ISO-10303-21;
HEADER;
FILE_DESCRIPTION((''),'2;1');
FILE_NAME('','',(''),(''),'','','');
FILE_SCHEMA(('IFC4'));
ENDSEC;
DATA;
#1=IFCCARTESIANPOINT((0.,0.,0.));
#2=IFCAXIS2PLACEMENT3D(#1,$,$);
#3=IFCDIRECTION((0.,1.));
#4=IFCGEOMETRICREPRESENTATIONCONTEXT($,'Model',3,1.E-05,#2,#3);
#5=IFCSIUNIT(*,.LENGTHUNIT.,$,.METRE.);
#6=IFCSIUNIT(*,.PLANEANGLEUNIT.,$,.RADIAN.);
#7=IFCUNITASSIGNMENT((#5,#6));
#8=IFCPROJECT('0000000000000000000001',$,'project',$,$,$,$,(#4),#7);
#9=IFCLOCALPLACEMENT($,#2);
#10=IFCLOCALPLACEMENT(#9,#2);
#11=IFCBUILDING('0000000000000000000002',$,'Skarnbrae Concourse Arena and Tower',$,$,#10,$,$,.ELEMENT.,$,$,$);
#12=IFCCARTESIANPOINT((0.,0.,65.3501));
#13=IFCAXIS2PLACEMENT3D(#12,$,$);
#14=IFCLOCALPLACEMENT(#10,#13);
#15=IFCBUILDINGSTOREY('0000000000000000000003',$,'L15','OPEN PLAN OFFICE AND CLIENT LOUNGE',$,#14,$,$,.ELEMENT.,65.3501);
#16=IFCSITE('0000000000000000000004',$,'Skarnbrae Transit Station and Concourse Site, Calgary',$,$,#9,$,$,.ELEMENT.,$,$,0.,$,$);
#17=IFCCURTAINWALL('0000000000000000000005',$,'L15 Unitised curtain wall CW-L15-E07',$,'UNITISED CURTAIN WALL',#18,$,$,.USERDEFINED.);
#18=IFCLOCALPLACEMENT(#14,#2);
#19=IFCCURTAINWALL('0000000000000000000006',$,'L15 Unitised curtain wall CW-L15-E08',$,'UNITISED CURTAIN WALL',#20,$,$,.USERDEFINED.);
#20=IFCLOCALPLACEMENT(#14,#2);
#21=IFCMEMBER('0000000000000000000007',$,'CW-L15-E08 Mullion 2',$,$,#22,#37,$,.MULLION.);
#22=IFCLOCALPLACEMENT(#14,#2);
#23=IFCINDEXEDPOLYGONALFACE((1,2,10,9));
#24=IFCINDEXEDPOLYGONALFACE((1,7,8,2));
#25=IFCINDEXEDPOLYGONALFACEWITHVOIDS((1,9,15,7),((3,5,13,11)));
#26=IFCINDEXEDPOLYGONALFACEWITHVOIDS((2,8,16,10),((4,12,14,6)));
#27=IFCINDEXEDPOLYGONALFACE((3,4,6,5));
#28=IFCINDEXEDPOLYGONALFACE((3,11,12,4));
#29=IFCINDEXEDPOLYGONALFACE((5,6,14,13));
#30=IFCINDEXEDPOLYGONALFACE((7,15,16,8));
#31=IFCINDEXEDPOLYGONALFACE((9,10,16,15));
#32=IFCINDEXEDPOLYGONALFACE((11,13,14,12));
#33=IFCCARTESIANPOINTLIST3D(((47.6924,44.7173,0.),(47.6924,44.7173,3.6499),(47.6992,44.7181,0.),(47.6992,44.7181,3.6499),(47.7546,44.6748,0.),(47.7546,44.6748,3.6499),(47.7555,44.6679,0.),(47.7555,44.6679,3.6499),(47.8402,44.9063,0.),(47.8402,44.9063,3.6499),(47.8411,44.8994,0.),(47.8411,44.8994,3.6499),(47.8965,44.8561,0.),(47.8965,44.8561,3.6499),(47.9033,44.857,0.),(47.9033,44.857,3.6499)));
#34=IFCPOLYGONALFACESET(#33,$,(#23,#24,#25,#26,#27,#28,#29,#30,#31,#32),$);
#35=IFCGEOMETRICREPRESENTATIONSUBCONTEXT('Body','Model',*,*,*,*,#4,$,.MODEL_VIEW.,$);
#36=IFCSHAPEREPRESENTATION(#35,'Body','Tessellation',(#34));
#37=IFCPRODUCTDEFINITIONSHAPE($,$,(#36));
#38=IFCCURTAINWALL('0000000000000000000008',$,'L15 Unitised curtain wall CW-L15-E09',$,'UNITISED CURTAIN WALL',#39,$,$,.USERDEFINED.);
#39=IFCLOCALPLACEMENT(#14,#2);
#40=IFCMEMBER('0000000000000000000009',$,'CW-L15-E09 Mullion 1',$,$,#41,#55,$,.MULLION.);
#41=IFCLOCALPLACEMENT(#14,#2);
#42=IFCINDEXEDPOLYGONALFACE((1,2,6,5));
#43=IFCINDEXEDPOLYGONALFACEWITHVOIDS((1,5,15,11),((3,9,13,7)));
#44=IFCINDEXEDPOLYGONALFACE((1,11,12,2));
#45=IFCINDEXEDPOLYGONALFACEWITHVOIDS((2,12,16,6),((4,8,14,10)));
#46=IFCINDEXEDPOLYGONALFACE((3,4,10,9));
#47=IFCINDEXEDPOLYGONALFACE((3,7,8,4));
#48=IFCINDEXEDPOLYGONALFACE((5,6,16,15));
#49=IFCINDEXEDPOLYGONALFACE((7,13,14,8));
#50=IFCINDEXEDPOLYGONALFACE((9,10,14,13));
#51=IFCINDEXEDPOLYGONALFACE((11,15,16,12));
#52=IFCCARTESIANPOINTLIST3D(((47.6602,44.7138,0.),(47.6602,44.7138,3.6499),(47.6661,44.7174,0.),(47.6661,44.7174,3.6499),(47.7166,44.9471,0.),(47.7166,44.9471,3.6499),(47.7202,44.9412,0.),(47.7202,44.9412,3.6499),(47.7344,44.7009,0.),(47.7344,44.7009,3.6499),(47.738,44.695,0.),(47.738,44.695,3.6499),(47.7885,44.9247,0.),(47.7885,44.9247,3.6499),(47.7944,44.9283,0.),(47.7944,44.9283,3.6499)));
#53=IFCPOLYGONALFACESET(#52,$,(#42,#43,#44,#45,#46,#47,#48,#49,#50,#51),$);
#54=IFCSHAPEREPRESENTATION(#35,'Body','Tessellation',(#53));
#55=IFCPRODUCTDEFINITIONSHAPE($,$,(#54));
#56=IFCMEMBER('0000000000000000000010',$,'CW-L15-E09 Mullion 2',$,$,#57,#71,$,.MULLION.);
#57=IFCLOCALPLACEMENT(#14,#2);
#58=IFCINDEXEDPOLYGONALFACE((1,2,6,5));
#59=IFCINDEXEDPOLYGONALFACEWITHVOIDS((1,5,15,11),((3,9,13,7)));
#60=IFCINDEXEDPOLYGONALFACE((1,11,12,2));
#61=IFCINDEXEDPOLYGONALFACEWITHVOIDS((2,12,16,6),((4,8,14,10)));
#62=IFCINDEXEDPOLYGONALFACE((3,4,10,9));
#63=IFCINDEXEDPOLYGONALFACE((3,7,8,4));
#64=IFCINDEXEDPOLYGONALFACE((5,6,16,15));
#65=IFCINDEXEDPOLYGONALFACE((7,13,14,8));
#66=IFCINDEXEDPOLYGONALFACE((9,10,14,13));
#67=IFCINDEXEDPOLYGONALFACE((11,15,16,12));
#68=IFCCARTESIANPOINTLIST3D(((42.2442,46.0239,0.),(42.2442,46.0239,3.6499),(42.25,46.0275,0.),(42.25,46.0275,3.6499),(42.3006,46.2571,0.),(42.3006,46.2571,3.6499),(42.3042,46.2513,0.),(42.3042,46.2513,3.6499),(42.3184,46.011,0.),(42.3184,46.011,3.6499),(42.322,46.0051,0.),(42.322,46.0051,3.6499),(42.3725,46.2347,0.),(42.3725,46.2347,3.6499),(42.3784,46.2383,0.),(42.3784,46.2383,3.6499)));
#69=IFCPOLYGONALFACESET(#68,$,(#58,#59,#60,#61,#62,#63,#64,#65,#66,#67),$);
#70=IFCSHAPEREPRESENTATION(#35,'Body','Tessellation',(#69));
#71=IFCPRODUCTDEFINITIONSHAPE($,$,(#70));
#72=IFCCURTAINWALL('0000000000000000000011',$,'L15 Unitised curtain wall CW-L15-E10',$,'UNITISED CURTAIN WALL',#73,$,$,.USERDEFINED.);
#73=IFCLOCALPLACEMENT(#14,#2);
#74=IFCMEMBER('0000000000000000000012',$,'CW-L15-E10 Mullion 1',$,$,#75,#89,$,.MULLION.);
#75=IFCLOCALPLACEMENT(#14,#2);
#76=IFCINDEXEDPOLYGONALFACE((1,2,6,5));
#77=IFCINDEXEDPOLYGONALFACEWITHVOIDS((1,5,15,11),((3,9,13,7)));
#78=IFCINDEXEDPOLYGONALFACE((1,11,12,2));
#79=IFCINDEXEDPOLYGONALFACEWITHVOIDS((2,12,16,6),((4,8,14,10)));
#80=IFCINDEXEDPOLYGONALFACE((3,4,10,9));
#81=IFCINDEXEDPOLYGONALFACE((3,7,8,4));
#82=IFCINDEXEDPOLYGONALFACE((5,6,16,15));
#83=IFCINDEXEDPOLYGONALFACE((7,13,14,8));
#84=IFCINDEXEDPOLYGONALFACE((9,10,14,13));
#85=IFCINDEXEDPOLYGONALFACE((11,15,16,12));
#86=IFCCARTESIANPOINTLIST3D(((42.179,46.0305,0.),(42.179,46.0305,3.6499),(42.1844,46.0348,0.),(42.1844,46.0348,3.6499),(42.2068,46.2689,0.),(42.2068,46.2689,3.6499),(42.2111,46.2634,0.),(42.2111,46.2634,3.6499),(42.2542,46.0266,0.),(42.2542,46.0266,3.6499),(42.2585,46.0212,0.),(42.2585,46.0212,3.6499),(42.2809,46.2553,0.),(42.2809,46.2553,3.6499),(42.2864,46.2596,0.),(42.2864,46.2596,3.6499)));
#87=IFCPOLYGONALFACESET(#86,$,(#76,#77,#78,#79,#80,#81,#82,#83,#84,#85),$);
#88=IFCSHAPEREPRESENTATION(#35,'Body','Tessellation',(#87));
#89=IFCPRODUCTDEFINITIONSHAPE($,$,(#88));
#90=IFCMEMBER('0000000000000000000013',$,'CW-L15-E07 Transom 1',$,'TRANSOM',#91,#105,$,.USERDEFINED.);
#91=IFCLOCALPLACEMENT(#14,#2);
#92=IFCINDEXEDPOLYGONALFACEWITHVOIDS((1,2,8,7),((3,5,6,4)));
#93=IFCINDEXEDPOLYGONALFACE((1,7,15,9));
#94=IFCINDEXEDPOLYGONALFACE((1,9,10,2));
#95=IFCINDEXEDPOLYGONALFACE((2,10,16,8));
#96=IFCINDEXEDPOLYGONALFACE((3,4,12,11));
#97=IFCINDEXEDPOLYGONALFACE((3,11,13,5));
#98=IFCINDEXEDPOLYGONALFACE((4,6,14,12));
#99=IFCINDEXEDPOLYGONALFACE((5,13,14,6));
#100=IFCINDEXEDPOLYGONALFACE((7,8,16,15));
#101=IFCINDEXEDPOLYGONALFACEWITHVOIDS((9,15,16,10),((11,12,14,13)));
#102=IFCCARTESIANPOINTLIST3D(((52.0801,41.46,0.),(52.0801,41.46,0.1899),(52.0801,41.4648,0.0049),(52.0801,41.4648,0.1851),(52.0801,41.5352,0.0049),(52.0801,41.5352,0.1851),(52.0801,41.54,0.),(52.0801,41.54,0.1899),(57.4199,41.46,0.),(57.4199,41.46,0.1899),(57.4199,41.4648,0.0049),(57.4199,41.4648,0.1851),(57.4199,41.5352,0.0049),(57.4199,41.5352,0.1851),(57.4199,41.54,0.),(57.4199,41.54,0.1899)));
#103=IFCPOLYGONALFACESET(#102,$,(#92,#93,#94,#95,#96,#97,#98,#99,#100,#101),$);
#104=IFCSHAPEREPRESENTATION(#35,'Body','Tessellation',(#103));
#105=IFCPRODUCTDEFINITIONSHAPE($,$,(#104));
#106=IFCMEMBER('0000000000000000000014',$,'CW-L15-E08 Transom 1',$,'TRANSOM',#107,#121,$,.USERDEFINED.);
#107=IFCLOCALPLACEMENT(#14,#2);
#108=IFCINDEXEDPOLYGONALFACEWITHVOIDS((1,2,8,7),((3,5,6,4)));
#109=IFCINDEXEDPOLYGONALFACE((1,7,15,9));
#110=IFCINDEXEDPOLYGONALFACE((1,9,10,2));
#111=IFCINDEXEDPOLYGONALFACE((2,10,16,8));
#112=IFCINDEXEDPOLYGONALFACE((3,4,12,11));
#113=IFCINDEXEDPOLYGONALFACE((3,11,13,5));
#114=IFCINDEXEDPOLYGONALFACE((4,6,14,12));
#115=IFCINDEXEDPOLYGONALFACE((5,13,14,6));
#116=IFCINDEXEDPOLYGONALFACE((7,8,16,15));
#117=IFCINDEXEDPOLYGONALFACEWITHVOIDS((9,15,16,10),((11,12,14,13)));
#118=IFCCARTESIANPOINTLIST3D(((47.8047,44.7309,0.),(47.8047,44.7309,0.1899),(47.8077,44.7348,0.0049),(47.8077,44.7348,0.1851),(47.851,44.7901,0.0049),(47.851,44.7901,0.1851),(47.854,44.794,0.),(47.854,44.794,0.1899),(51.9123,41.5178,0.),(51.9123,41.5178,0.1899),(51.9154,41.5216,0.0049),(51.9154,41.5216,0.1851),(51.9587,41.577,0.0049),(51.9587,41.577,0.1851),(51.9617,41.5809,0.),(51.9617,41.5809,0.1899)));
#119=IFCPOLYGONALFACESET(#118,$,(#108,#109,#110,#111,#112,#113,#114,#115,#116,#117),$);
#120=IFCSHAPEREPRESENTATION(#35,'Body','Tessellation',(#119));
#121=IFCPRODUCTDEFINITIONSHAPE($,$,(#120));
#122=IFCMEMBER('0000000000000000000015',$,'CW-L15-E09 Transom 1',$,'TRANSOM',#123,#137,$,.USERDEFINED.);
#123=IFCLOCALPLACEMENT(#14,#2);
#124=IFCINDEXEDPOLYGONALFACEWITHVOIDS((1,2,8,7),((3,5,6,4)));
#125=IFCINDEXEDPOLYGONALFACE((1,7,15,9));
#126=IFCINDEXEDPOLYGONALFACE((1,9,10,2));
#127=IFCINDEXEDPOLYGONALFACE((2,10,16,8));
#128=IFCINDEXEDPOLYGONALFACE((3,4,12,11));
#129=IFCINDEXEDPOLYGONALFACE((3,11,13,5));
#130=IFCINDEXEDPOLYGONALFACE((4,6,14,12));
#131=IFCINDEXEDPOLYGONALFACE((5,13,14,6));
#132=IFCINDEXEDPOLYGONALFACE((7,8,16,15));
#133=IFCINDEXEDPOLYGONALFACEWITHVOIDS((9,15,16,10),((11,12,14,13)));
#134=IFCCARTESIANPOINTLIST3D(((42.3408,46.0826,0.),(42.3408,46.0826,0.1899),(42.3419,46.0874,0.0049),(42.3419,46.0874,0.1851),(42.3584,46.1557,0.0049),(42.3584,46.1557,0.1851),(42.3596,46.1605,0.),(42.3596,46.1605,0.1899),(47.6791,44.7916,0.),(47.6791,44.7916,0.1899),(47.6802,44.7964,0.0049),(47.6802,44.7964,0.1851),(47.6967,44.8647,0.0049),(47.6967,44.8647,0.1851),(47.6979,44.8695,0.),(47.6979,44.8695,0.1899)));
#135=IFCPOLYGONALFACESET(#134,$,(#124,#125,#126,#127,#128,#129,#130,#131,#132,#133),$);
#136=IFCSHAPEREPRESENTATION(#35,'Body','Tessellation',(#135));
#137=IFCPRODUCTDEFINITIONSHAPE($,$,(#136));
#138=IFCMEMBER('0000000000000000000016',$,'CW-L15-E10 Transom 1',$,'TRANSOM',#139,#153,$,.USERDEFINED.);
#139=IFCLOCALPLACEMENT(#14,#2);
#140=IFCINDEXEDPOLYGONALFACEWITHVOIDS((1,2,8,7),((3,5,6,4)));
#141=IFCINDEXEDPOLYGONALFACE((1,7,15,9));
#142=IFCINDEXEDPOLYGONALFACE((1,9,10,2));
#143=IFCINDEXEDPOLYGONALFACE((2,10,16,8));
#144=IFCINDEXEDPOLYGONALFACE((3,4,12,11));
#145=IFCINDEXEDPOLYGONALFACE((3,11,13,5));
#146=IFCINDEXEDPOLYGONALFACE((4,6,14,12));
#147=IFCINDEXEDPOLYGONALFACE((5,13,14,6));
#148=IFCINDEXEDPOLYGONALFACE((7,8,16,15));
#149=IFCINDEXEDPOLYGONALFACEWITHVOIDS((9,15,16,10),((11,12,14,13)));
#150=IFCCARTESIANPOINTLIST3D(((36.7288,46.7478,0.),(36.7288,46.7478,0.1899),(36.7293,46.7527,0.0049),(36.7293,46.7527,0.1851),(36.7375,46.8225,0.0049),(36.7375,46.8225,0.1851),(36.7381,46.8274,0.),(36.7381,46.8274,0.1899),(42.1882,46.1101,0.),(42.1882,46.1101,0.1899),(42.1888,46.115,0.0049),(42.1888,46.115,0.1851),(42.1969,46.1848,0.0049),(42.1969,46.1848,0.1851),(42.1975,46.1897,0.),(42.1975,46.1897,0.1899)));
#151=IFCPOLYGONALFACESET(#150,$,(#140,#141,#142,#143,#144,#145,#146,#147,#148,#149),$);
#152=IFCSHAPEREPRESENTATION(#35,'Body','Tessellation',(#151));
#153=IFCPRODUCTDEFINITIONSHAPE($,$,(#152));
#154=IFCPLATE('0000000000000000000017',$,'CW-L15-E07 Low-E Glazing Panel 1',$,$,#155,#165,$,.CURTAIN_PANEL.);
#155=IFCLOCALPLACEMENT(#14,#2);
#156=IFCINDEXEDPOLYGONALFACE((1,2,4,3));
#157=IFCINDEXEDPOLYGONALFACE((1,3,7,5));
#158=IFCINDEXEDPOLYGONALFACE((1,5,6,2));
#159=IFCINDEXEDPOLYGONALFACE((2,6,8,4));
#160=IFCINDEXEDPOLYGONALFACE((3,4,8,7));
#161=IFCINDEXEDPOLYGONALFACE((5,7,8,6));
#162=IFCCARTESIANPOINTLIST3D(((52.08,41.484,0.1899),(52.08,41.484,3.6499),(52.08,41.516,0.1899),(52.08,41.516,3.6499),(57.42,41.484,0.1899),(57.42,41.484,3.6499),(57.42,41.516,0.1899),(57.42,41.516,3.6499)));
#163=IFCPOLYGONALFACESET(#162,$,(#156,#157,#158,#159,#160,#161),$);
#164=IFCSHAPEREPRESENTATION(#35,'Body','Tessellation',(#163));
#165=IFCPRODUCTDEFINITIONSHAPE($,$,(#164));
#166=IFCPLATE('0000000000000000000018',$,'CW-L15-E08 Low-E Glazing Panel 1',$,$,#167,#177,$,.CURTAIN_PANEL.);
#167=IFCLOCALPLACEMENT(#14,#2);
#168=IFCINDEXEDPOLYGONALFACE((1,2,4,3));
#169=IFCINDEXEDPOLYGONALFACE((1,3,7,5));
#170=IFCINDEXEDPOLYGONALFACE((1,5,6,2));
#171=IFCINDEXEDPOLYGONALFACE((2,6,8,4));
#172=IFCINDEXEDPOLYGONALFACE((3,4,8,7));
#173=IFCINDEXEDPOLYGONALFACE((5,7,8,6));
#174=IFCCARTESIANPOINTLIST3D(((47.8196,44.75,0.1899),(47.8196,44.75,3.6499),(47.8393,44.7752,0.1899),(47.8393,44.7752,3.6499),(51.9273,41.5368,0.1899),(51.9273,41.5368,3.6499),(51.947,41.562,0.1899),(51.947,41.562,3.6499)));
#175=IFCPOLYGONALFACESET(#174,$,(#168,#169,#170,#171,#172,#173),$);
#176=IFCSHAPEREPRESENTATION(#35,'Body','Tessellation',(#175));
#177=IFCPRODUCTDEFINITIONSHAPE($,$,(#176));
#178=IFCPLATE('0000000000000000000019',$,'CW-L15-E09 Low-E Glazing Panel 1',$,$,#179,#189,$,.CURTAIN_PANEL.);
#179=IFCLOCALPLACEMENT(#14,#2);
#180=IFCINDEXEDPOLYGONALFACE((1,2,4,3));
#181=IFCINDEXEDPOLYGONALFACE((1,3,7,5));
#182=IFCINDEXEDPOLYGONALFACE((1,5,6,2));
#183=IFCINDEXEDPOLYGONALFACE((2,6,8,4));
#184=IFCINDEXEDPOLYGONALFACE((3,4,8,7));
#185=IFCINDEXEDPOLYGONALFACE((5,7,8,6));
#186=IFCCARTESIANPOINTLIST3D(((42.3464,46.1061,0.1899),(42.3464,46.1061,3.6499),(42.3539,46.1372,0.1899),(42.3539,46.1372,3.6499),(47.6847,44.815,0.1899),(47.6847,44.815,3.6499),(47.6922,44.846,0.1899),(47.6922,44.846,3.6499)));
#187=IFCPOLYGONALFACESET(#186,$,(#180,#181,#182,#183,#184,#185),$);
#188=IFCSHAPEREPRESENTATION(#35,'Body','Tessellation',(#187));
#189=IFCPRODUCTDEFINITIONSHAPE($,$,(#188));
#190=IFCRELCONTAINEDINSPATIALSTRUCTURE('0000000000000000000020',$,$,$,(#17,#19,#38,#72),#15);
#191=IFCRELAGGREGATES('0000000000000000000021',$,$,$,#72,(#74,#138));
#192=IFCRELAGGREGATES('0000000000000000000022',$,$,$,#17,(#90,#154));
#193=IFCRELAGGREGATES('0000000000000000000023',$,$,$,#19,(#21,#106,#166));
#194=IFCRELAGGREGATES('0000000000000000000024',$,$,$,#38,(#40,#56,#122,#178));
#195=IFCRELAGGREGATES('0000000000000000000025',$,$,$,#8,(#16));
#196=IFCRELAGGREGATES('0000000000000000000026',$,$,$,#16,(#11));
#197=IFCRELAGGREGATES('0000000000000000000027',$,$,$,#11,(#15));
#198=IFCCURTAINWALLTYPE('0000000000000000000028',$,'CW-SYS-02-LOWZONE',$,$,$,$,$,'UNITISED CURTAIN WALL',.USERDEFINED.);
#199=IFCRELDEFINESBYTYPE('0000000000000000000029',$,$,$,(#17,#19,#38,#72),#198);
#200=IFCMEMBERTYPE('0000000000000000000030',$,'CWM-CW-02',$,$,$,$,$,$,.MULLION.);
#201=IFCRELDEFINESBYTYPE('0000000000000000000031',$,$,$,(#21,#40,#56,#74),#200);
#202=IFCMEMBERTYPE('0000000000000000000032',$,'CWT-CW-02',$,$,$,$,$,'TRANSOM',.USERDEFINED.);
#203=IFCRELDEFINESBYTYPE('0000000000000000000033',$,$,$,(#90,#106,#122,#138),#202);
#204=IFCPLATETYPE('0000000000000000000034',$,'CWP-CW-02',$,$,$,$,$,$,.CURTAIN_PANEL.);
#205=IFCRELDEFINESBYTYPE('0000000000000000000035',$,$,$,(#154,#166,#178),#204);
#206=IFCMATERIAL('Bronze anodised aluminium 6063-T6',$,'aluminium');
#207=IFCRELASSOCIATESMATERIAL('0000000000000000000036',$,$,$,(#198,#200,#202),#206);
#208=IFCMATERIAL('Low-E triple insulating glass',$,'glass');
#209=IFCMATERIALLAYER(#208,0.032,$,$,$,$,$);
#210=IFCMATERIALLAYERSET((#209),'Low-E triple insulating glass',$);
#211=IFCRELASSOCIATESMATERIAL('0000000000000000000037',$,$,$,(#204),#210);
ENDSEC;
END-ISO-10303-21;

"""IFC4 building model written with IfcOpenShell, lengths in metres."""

from ifc_helpers import new_model, si_unit, direction, frame, origin, origin_2d, place, context, subcontext, project, spatial, rectangle, hollow_rectangle, extrude, source, transform, mapped, material, layer, layer_set, material_profile, profile_set, type_object, element, aggregate, save


model = new_model("IFC4")

# Units and contexts
model_context = context("Model", 3, precision=1e-05, world=origin(), true_north=direction((0.0, 1.0)))
body_context = subcontext(model_context, "Body", "Model", "MODEL_VIEW")
ifc_project = project(units=[si_unit("LENGTHUNIT", "METRE"), si_unit("PLANEANGLEUNIT", "RADIAN")], contexts=[model_context])

# Site, building, storey
site_placement = place(None, origin())
site = spatial("IfcSite", under=ifc_project, at=site_placement, Name="Skarnbrae Transit Station and Concourse Site, Calgary", CompositionType="ELEMENT", RefElevation=0.0)
building_placement = place(site_placement, origin())
building = spatial("IfcBuilding", under=site, at=building_placement, Name="Skarnbrae Concourse Arena and Tower", CompositionType="ELEMENT")
storey_placement = place(building_placement, frame((0.0, 0.0, 65.3501)))
storey = spatial("IfcBuildingStorey", under=building, at=storey_placement, Name="L15", Description="OPEN PLAN OFFICE AND CLIENT LOUNGE", CompositionType="ELEMENT", Elevation=65.3501)

# Shared definitions
ifc_material_1 = material(Name="Bronze anodised aluminium 6063-T6", Category="aluminium")
curtain_wall_type = type_object("IfcCurtainWallType", Name="CW-SYS-02-LOWZONE", ElementType="UNITISED CURTAIN WALL", PredefinedType="USERDEFINED", material=ifc_material_1)
ifc_material_profile_1 = material_profile(ifc_material_1, hollow_rectangle(XDim=0.0801, YDim=0.24, WallThickness=0.0049, at=origin_2d()), Name="ALU-MULL-80X240")
ifc_profile_set_1 = profile_set([ifc_material_profile_1], Name="Bronze anodised aluminium 6063-T6")
member_type_1 = type_object("IfcMemberType", Name="CWM-CW-02", PredefinedType="MULLION", material=ifc_profile_set_1)
shared_shape_1 = source(origin(), body_context, "Body", "SweptSolid", [
    extrude(hollow_rectangle(XDim=0.0801, YDim=0.24, WallThickness=0.0049, at=origin_2d()), origin(), (0.0, 0.0, 1.0), 3.6499),
])

# Curtain walls, members
curtain_wall_1_placement = place(storey_placement, origin())
curtain_wall_1 = element("IfcCurtainWall", 1, at=curtain_wall_1_placement, inside=storey, type_object=curtain_wall_type, Name="L15 Unitised curtain wall CW-L15-E07", ObjectType="UNITISED CURTAIN WALL", PredefinedType="USERDEFINED")
curtain_wall_2_placement = place(storey_placement, origin())
curtain_wall_2 = element("IfcCurtainWall", 2, at=curtain_wall_2_placement, inside=storey, type_object=curtain_wall_type, Name="L15 Unitised curtain wall CW-L15-E08", ObjectType="UNITISED CURTAIN WALL", PredefinedType="USERDEFINED")
member_1_placement = place(storey_placement, frame((47.7979, 44.7871, 0.0), z_axis=(0.0, 0.0, 1.0), x_axis=(-0.787652, 0.616121, 0.0)))
member_1 = element("IfcMember", 3, at=member_1_placement, type_object=member_type_1, Name="CW-L15-E08 Mullion 2", PredefinedType="MULLION", context=body_context, shape_type="MappedRepresentation", body=[
    mapped(shared_shape_1, transform((0.0, 0.0, 0.0))),
])
curtain_wall_3_placement = place(storey_placement, origin())
curtain_wall_3 = element("IfcCurtainWall", 4, at=curtain_wall_3_placement, inside=storey, type_object=curtain_wall_type, Name="L15 Unitised curtain wall CW-L15-E09", ObjectType="UNITISED CURTAIN WALL", PredefinedType="USERDEFINED")
member_2_placement = place(storey_placement, frame((47.7273, 44.821, 0.0), z_axis=(0.0, 0.0, 1.0), x_axis=(-0.971974, 0.23509, 0.0)))
member_2 = element("IfcMember", 5, at=member_2_placement, type_object=member_type_1, Name="CW-L15-E09 Mullion 1", PredefinedType="MULLION", context=body_context, shape_type="MappedRepresentation", body=[
    mapped(shared_shape_1, transform((0.0, 0.0, 0.0))),
])
member_3_placement = place(storey_placement, frame((42.3113, 46.1311, 0.0), z_axis=(0.0, 0.0, 1.0), x_axis=(-0.971974, 0.23509, 0.0)))
member_3 = element("IfcMember", 6, at=member_3_placement, type_object=member_type_1, Name="CW-L15-E09 Mullion 2", PredefinedType="MULLION", context=body_context, shape_type="MappedRepresentation", body=[
    mapped(shared_shape_1, transform((0.0, 0.0, 0.0))),
])

# Curtain wall, member
curtain_wall_4_placement = place(storey_placement, origin())
curtain_wall_4 = element("IfcCurtainWall", 7, at=curtain_wall_4_placement, inside=storey, type_object=curtain_wall_type, Name="L15 Unitised curtain wall CW-L15-E10", ObjectType="UNITISED CURTAIN WALL", PredefinedType="USERDEFINED")
member_4_placement = place(storey_placement, frame((42.2327, 46.145, 0.0), z_axis=(0.0, 0.0, 1.0), x_axis=(-0.993245, 0.11604, 0.0)))
member_4 = element("IfcMember", 8, at=member_4_placement, type_object=member_type_1, Name="CW-L15-E10 Mullion 1", PredefinedType="MULLION", context=body_context, shape_type="MappedRepresentation", body=[
    mapped(shared_shape_1, transform((0.0, 0.0, 0.0))),
])

# Members
ifc_material_profile_2 = material_profile(ifc_material_1, hollow_rectangle(XDim=0.0801, YDim=0.1899, WallThickness=0.0049, at=origin_2d()), Name="ALU-TRAN-80X190")
ifc_profile_set_2 = profile_set([ifc_material_profile_2], Name="Bronze anodised aluminium 6063-T6")
member_type_2 = type_object("IfcMemberType", Name="CWT-CW-02", ElementType="TRANSOM", PredefinedType="USERDEFINED", material=ifc_profile_set_2)
shared_shape_2 = source(origin(), body_context, "Body", "SweptSolid", [
    extrude(hollow_rectangle(XDim=0.0801, YDim=0.1899, WallThickness=0.0049, at=origin_2d()), origin(), (0.0, 0.0, 1.0), 5.3398),
])
member_5_placement = place(storey_placement, frame((57.4199, 41.5, 0.095), z_axis=(-1.0, 0.0, 0.0), x_axis=(0.0, -1.0, 0.0)))
member_5 = element("IfcMember", 9, at=member_5_placement, type_object=member_type_2, Name="CW-L15-E07 Transom 1", ObjectType="TRANSOM", PredefinedType="USERDEFINED", context=body_context, shape_type="MappedRepresentation", body=[
    mapped(shared_shape_2, transform((0.0, 0.0, 0.0))),
])
shared_shape_3 = source(origin(), body_context, "Body", "SweptSolid", [
    extrude(hollow_rectangle(XDim=0.0801, YDim=0.1899, WallThickness=0.0049, at=origin_2d()), origin(), (0.0, 0.0, 1.0), 5.2151),
])
member_6_placement = place(storey_placement, frame((51.937, 41.5493, 0.095), z_axis=(-0.78765, 0.616123, 0.0), x_axis=(-0.616123, -0.78765, 0.0)))
member_6 = element("IfcMember", 10, at=member_6_placement, type_object=member_type_2, Name="CW-L15-E08 Transom 1", ObjectType="TRANSOM", PredefinedType="USERDEFINED", context=body_context, shape_type="MappedRepresentation", body=[
    mapped(shared_shape_3, transform((0.0, 0.0, 0.0))),
])
shared_shape_4 = source(origin(), body_context, "Body", "SweptSolid", [
    extrude(hollow_rectangle(XDim=0.0801, YDim=0.1899, WallThickness=0.0049, at=origin_2d()), origin(), (0.0, 0.0, 1.0), 5.4922),
])
member_7_placement = place(storey_placement, frame((47.6885, 44.8306, 0.095), z_axis=(-0.971981, 0.235061, 0.0), x_axis=(-0.235061, -0.971981, 0.0)))
member_7 = element("IfcMember", 11, at=member_7_placement, type_object=member_type_2, Name="CW-L15-E09 Transom 1", ObjectType="TRANSOM", PredefinedType="USERDEFINED", context=body_context, shape_type="MappedRepresentation", body=[
    mapped(shared_shape_4, transform((0.0, 0.0, 0.0))),
])
shared_shape_5 = source(origin(), body_context, "Body", "SweptSolid", [
    extrude(hollow_rectangle(XDim=0.0801, YDim=0.1899, WallThickness=0.0049, at=origin_2d()), origin(), (0.0, 0.0, 1.0), 5.4966),
])
member_8_placement = place(storey_placement, frame((42.1929, 46.1499, 0.095), z_axis=(-0.993247, 0.116017, 0.0), x_axis=(-0.116017, -0.993247, 0.0)))
member_8 = element("IfcMember", 12, at=member_8_placement, type_object=member_type_2, Name="CW-L15-E10 Transom 1", ObjectType="TRANSOM", PredefinedType="USERDEFINED", context=body_context, shape_type="MappedRepresentation", body=[
    mapped(shared_shape_5, transform((0.0, 0.0, 0.0))),
])
aggregate(curtain_wall_4, [member_4, member_8])

# Plates
ifc_material_2 = material(Name="Low-E triple insulating glass", Category="glass")
ifc_layer_1 = layer(ifc_material_2, 0.032)
ifc_layer_set_1 = layer_set([ifc_layer_1], Name="Low-E triple insulating glass")
plate_type = type_object("IfcPlateType", Name="CWP-CW-02", PredefinedType="CURTAIN_PANEL", material=ifc_layer_set_1)
shared_shape_6 = source(origin(), body_context, "Body", "SweptSolid", [
    extrude(rectangle(XDim=5.3401, YDim=0.032, at=origin_2d()), origin(), (0.0, 0.0, 1.0), 3.46),
])
plate_1_placement = place(storey_placement, frame((54.75, 41.5, 0.1899), z_axis=(0.0, 0.0, 1.0), x_axis=(-1.0, 0.0, 0.0)))
plate_1 = element("IfcPlate", 13, at=plate_1_placement, type_object=plate_type, Name="CW-L15-E07 Low-E Glazing Panel 1", PredefinedType="CURTAIN_PANEL", context=body_context, shape_type="MappedRepresentation", body=[
    mapped(shared_shape_6, transform((0.0, 0.0, 0.0))),
])
aggregate(curtain_wall_1, [member_5, plate_1])
shared_shape_7 = source(origin(), body_context, "Body", "SweptSolid", [
    extrude(rectangle(XDim=5.2151, YDim=0.032, at=origin_2d()), origin(), (0.0, 0.0, 1.0), 3.46),
])
plate_2_placement = place(storey_placement, frame((49.8833, 43.156, 0.1899), z_axis=(0.0, 0.0, 1.0), x_axis=(-0.787652, 0.616121, 0.0)))
plate_2 = element("IfcPlate", 14, at=plate_2_placement, type_object=plate_type, Name="CW-L15-E08 Low-E Glazing Panel 1", PredefinedType="CURTAIN_PANEL", context=body_context, shape_type="MappedRepresentation", body=[
    mapped(shared_shape_7, transform((0.0, 0.0, 0.0))),
])
aggregate(curtain_wall_2, [member_1, member_6, plate_2])
shared_shape_8 = source(origin(), body_context, "Body", "SweptSolid", [
    extrude(rectangle(XDim=5.4922, YDim=0.032, at=origin_2d()), origin(), (0.0, 0.0, 1.0), 3.46),
])
plate_3_placement = place(storey_placement, frame((45.0193, 45.4761, 0.1899), z_axis=(0.0, 0.0, 1.0), x_axis=(-0.971974, 0.23509, 0.0)))
plate_3 = element("IfcPlate", 15, at=plate_3_placement, type_object=plate_type, Name="CW-L15-E09 Low-E Glazing Panel 1", PredefinedType="CURTAIN_PANEL", context=body_context, shape_type="MappedRepresentation", body=[
    mapped(shared_shape_8, transform((0.0, 0.0, 0.0))),
])
aggregate(curtain_wall_3, [member_2, member_3, member_7, plate_3])

save(model, "model.ifc")
